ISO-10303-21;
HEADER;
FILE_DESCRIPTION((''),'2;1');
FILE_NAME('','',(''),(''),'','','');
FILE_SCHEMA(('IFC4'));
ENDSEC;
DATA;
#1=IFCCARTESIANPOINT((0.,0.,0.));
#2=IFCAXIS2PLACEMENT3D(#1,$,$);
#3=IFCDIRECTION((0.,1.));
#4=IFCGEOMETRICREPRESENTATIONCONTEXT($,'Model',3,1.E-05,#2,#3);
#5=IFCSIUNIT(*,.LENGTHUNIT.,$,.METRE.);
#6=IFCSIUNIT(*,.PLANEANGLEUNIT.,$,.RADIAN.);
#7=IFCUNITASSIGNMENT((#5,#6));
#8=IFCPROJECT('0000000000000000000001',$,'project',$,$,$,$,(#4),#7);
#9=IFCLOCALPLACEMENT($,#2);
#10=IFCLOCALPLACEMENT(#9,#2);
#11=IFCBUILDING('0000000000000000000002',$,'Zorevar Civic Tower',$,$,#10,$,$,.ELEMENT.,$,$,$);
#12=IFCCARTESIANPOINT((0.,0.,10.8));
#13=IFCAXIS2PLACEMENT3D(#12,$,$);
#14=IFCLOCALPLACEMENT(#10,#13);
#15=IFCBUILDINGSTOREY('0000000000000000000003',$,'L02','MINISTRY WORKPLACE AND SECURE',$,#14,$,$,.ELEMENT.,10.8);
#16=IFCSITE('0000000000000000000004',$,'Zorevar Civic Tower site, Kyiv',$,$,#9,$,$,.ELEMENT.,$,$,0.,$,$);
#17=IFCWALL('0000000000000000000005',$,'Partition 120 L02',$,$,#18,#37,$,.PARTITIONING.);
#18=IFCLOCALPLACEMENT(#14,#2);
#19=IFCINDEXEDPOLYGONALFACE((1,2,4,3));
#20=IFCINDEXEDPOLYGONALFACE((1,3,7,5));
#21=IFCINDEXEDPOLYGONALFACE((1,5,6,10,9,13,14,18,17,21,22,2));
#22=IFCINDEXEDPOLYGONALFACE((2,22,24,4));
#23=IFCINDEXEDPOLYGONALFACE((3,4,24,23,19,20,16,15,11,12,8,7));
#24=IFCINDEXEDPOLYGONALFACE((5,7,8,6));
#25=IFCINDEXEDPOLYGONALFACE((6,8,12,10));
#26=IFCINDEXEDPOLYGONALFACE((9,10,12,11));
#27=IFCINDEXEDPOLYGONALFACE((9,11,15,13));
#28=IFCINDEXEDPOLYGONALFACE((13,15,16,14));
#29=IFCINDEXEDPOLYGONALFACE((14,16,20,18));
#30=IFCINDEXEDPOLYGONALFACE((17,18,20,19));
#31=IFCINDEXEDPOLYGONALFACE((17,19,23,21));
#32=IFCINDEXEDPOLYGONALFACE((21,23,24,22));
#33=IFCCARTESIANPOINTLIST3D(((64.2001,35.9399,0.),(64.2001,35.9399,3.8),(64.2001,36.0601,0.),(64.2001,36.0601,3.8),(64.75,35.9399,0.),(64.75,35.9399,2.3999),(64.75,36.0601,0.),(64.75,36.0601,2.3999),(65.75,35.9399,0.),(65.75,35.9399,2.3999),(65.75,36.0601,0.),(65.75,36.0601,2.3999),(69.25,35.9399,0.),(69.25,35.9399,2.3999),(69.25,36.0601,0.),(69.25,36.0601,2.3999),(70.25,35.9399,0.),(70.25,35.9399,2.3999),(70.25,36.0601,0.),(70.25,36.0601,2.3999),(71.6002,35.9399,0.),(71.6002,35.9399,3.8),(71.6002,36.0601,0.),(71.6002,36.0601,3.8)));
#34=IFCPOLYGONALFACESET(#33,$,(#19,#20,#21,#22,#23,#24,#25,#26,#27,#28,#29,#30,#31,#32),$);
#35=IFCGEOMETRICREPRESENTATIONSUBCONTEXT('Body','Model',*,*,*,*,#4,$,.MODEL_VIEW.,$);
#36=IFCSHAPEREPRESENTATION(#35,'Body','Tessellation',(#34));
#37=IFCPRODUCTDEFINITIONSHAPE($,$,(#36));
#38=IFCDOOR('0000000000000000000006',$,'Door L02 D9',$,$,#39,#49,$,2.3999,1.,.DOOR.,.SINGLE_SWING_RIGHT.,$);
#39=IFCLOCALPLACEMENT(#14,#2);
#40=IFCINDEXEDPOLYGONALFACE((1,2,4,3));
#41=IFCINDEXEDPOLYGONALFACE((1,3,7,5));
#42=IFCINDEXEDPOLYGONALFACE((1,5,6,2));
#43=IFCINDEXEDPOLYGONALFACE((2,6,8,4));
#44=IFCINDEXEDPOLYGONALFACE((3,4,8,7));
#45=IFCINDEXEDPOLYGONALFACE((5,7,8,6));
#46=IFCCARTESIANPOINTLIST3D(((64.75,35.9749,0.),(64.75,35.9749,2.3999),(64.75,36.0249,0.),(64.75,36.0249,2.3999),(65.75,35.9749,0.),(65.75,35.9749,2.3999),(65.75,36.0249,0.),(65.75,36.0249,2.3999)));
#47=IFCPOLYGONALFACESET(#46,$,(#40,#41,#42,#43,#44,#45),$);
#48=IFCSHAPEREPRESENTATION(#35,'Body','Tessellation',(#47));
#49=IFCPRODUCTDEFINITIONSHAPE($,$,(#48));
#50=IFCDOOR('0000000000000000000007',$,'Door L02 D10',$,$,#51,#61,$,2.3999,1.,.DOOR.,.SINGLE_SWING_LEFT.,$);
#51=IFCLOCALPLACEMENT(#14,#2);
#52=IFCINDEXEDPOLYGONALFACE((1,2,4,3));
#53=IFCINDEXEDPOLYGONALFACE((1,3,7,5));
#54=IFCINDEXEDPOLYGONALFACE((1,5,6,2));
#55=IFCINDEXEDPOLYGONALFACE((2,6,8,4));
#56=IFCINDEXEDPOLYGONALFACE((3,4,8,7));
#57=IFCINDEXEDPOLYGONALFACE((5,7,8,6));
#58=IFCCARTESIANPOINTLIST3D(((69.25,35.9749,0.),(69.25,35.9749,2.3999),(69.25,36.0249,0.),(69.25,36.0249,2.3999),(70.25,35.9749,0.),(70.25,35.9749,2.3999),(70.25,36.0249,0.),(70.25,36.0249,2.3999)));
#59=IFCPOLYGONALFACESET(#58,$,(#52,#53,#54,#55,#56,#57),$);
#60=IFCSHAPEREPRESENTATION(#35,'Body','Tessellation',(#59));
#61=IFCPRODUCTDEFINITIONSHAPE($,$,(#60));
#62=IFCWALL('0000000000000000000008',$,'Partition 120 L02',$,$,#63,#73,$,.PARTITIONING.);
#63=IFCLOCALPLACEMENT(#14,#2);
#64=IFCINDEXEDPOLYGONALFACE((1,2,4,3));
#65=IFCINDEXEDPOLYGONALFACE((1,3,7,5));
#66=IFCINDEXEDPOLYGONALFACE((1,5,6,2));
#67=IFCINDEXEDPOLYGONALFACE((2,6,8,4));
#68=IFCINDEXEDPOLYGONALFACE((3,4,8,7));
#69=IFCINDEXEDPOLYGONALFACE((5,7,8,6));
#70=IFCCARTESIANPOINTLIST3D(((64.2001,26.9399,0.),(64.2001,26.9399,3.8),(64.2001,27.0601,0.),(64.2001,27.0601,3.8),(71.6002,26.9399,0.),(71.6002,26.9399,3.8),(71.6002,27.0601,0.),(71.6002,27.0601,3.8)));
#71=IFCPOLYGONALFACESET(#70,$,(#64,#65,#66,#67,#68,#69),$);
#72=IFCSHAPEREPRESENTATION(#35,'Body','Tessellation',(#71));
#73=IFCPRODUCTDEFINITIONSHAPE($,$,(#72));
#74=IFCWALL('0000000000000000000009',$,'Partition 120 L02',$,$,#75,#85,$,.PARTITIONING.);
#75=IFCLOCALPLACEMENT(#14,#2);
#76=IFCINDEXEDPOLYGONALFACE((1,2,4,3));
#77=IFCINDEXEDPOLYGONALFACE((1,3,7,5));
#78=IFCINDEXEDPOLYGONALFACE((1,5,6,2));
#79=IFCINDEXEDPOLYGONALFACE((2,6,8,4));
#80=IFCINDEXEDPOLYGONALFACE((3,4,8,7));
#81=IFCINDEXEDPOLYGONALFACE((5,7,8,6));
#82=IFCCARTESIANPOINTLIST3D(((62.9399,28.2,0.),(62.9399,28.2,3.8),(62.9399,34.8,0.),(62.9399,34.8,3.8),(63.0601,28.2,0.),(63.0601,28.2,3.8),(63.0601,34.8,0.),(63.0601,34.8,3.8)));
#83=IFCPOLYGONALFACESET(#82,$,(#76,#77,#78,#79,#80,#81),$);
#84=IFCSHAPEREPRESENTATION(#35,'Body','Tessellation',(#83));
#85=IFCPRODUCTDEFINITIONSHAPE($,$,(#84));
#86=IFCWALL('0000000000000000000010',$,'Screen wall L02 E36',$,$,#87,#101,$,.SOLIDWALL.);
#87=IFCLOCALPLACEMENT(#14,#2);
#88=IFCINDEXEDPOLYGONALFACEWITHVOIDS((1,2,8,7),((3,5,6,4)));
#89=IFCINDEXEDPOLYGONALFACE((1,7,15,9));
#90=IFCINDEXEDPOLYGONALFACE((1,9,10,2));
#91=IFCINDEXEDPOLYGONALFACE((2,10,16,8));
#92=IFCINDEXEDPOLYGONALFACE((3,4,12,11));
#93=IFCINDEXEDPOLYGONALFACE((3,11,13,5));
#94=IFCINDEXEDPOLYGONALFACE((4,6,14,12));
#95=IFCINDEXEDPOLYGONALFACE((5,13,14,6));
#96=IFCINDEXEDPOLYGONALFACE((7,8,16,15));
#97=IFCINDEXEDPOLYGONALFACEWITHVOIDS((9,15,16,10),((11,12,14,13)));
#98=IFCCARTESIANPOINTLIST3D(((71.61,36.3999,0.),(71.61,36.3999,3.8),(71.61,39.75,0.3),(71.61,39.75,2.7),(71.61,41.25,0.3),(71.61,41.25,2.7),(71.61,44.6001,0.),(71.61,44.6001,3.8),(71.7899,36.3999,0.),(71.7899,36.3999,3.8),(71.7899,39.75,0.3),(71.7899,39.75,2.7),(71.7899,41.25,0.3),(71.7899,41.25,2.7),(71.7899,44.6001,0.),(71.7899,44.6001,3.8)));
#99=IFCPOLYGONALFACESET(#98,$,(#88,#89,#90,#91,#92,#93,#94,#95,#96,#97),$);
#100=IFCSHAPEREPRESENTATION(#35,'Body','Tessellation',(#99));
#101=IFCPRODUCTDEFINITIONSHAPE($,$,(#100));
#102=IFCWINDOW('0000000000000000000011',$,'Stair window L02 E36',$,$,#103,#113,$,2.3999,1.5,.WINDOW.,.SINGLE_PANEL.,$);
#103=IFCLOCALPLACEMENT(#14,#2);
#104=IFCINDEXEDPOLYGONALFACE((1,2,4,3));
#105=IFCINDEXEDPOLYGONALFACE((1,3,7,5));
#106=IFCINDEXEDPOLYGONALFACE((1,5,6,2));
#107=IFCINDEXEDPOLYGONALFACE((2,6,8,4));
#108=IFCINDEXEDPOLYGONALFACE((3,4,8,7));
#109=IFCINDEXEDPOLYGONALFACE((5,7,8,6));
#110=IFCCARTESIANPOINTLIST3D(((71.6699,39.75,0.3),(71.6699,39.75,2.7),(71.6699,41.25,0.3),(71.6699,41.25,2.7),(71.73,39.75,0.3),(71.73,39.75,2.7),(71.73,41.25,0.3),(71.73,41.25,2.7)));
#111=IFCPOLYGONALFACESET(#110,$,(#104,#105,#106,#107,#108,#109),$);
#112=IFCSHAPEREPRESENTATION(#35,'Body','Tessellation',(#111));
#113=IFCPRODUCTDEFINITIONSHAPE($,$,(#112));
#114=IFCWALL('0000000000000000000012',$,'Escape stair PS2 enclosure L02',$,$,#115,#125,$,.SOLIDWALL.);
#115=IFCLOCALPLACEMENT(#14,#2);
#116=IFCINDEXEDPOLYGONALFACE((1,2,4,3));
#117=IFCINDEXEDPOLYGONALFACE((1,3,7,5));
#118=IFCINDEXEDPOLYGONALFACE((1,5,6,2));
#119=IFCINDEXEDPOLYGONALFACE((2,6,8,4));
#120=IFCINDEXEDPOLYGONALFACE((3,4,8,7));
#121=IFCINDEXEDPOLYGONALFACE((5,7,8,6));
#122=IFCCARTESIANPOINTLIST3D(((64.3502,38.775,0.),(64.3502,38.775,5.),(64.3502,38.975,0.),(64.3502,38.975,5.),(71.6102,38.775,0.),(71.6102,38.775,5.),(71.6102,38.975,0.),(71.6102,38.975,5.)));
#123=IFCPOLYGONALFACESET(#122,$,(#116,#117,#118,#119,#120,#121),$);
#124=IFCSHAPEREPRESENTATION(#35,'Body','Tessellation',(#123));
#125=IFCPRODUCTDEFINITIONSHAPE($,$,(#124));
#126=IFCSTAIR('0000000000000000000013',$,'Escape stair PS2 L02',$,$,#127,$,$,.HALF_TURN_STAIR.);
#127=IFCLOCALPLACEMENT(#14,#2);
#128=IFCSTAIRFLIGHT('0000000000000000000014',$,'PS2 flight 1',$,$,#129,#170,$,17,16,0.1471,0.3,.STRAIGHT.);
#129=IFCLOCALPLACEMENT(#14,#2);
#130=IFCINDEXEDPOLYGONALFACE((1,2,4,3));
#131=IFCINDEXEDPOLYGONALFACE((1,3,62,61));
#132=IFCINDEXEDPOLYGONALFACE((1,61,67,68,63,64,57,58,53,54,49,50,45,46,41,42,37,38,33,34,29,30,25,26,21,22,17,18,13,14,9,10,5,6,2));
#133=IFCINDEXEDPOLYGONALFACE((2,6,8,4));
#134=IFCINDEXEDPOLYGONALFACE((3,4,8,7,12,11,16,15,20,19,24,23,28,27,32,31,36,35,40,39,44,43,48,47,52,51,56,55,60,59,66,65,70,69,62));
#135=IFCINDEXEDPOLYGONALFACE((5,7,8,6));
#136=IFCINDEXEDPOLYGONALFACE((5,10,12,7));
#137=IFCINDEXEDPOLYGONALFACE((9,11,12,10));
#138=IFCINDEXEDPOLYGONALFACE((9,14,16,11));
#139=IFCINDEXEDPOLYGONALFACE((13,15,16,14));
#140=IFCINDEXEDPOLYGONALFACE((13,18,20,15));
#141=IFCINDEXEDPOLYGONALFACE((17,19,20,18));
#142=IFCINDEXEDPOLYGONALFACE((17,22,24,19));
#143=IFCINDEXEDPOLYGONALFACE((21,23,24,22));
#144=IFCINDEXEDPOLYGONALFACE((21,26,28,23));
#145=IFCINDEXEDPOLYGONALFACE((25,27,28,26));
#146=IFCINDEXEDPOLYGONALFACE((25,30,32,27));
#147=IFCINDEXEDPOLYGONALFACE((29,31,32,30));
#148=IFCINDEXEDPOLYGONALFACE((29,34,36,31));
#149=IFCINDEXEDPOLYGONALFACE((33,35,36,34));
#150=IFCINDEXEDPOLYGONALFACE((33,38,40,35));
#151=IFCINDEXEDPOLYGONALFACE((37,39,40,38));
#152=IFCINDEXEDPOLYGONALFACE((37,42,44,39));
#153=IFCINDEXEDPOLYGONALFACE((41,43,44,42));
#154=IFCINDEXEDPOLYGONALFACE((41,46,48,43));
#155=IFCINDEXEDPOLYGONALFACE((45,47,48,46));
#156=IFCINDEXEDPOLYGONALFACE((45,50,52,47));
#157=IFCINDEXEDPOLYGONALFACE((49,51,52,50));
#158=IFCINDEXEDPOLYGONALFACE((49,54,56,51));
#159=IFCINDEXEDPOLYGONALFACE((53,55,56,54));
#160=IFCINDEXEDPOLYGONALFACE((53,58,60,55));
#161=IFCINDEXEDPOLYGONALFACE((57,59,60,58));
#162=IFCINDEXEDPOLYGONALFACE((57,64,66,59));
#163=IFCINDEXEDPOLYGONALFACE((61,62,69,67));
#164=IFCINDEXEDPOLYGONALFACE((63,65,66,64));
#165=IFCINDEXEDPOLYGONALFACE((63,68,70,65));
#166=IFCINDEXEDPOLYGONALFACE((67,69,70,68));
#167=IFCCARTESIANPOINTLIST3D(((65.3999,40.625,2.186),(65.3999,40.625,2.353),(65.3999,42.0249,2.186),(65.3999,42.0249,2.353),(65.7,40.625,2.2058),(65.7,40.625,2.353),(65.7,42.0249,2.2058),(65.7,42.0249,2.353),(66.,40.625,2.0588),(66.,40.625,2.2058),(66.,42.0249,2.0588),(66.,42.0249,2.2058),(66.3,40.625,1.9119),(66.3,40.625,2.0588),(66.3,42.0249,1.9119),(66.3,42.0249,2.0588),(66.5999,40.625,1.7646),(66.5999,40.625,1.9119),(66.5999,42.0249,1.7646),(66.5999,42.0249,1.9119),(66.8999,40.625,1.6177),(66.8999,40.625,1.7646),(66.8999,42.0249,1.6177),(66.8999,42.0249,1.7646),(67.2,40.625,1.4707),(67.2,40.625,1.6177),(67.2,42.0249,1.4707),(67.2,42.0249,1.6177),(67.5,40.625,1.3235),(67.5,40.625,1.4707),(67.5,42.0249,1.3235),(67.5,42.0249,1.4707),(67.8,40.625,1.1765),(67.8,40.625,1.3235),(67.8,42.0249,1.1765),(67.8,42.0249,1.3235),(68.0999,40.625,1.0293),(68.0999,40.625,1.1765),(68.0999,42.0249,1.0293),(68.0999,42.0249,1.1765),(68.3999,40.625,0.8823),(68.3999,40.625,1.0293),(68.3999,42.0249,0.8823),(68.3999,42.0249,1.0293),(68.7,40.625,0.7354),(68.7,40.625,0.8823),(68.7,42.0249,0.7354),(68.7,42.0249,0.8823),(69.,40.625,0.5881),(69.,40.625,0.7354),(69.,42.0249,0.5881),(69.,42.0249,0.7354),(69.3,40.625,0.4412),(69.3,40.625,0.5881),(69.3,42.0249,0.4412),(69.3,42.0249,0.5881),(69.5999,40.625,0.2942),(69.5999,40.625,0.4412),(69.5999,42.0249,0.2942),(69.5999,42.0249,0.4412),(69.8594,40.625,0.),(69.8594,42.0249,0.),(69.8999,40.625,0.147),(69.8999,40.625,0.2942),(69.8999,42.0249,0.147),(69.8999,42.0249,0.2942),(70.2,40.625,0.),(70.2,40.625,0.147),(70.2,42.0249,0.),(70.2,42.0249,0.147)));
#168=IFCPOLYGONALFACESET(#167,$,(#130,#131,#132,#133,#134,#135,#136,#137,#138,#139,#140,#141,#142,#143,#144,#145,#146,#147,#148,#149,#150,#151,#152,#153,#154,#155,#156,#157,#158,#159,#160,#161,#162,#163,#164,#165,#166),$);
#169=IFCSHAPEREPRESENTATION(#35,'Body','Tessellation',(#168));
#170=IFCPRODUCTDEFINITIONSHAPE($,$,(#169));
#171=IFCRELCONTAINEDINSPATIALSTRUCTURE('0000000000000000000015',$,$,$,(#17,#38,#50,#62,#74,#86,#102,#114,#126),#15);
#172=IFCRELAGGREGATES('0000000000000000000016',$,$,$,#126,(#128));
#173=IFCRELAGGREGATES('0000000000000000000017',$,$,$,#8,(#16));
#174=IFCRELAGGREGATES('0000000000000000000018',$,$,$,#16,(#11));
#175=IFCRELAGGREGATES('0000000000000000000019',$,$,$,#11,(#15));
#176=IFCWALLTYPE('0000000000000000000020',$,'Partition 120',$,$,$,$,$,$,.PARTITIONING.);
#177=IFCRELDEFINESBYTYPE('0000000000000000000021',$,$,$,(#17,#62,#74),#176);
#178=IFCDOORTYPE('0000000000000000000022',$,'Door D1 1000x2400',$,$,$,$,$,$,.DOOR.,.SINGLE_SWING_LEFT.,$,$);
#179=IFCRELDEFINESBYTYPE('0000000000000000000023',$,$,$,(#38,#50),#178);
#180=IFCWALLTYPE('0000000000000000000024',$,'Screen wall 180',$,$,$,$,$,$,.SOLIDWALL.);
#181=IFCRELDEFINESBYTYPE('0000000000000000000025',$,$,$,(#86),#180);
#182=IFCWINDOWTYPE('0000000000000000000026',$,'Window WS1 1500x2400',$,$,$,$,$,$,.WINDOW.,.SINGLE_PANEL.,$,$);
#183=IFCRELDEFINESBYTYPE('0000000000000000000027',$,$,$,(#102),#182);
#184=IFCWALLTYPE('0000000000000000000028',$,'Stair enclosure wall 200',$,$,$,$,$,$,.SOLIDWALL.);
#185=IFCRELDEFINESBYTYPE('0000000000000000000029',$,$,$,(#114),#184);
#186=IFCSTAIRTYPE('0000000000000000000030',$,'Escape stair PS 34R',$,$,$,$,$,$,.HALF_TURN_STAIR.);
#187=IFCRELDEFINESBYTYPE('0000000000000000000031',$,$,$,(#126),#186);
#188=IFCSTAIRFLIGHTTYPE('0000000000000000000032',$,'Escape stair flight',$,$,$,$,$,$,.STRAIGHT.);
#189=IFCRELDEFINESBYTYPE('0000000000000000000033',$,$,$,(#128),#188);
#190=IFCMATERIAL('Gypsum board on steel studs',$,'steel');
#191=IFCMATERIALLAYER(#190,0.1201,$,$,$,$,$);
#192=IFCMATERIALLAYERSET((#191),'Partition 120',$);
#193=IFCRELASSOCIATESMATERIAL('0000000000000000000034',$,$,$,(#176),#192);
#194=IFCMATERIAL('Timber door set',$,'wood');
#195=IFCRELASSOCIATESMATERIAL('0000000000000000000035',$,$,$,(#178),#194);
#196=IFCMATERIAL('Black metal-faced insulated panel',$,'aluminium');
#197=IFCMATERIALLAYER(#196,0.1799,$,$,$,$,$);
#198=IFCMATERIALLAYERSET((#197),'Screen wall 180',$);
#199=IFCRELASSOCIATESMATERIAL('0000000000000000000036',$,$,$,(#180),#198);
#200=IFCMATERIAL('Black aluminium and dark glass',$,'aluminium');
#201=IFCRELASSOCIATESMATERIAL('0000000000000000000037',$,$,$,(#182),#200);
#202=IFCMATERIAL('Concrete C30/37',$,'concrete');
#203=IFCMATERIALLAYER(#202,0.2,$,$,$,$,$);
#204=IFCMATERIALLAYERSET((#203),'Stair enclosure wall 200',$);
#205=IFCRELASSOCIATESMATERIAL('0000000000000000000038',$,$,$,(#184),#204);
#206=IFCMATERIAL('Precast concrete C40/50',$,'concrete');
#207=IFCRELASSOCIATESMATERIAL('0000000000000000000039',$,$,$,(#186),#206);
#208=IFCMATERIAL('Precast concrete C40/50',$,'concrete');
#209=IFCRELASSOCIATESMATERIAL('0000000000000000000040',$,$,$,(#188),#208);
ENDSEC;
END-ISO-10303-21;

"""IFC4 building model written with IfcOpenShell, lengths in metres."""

from ifc_helpers import new_model, si_unit, direction, frame, frame_2d, origin, place, context, subcontext, project, spatial, polyline, rectangle, outline, extrude, material, layer, layer_set, type_object, element, fill, aggregate, save


model = new_model("IFC4")

# Units and contexts
model_context = context("Model", 3, precision=1e-05, world=origin(), true_north=direction((0.0, 1.0)))
body_context = subcontext(model_context, "Body", "Model", "MODEL_VIEW")
ifc_project = project(units=[si_unit("LENGTHUNIT", "METRE"), si_unit("PLANEANGLEUNIT", "RADIAN")], contexts=[model_context])

# Site, building, storey
site_placement = place(None, origin())
site = spatial("IfcSite", under=ifc_project, at=site_placement, Name="Zorevar Civic Tower site, Kyiv", CompositionType="ELEMENT", RefElevation=0.0)
building_placement = place(site_placement, origin())
building = spatial("IfcBuilding", under=site, at=building_placement, Name="Zorevar Civic Tower", CompositionType="ELEMENT")
storey_placement = place(building_placement, frame((0.0, 0.0, 10.8)))
storey = spatial("IfcBuildingStorey", under=building, at=storey_placement, Name="L02", Description="MINISTRY WORKPLACE AND SECURE", CompositionType="ELEMENT", Elevation=10.8)

# Shared definitions
ifc_material_1 = material(Name="Gypsum board on steel studs", Category="steel")
ifc_layer_1 = layer(ifc_material_1, 0.1201)
ifc_layer_set_1 = layer_set([ifc_layer_1], Name="Partition 120")
wall_type_1 = type_object("IfcWallType", Name="Partition 120", PredefinedType="PARTITIONING", material=ifc_layer_set_1)
ifc_material_2 = material(Name="Timber door set", Category="wood")
door_type = type_object("IfcDoorType", Name="Door D1 1000x2400", OperationType="SINGLE_SWING_LEFT", PredefinedType="DOOR", material=ifc_material_2)

# Wall, openings, doors
wall_1_placement = place(storey_placement, frame((64.2, 36.0, 0.0), z_axis=(0.0, 0.0, 1.0), x_axis=(1.0, 0.0, 0.0)))
wall_1 = element("IfcWall", 1, at=wall_1_placement, inside=storey, type_object=wall_type_1, Name="Partition 120 L02", PredefinedType="PARTITIONING", context=body_context, shape_type="SweptSolid", body=[
    extrude(rectangle(XDim=7.4001, YDim=0.1201, at=frame_2d((3.7002, 0.0))), origin(), (0.0, 0.0, 1.0), 3.8),
])
opening_1_placement = place(wall_1_placement, frame((0.55, 0.0, 0.0)))
opening_1 = element("IfcOpeningElement", 2, at=opening_1_placement, cuts=wall_1, PredefinedType="OPENING", context=body_context, shape_type="SweptSolid", body=[
    extrude(rectangle(XDim=1.0, YDim=2.3999, at=frame_2d((0.5, 1.2))), frame((0.0, 0.0701, 0.0), z_axis=(0.0, -1.0, 0.0), x_axis=(1.0, 0.0, 0.0)), (0.0, 0.0, 1.0), 0.1401),
])
opening_2_placement = place(wall_1_placement, frame((5.05, 0.0, 0.0)))
opening_2 = element("IfcOpeningElement", 3, at=opening_2_placement, cuts=wall_1, PredefinedType="OPENING", context=body_context, shape_type="SweptSolid", body=[
    extrude(rectangle(XDim=1.0, YDim=2.3999, at=frame_2d((0.5, 1.2))), frame((0.0, 0.0701, 0.0), z_axis=(0.0, -1.0, 0.0), x_axis=(1.0, 0.0, 0.0)), (0.0, 0.0, 1.0), 0.1401),
])
door_1_placement = place(opening_1_placement, origin())
door_1 = element("IfcDoor", 4, at=door_1_placement, inside=storey, type_object=door_type, Name="Door L02 D9", OperationType="SINGLE_SWING_RIGHT", OverallHeight=2.3999, OverallWidth=1.0, PredefinedType="DOOR", context=body_context, shape_type="SweptSolid", body=[
    extrude(rectangle(XDim=1.0, YDim=2.3999, at=frame_2d((0.5, 1.2))), frame((0.0, 0.0249, 0.0), z_axis=(0.0, -1.0, 0.0), x_axis=(1.0, 0.0, 0.0)), (0.0, 0.0, 1.0), 0.05),
])
fill(opening_1, door_1)
door_2_placement = place(opening_2_placement, origin())
door_2 = element("IfcDoor", 5, at=door_2_placement, inside=storey, type_object=door_type, Name="Door L02 D10", OperationType="SINGLE_SWING_LEFT", OverallHeight=2.3999, OverallWidth=1.0, PredefinedType="DOOR", context=body_context, shape_type="SweptSolid", body=[
    extrude(rectangle(XDim=1.0, YDim=2.3999, at=frame_2d((0.5, 1.2))), frame((0.0, 0.0249, 0.0), z_axis=(0.0, -1.0, 0.0), x_axis=(1.0, 0.0, 0.0)), (0.0, 0.0, 1.0), 0.05),
])
fill(opening_2, door_2)

# Walls
wall_2_placement = place(storey_placement, frame((64.2, 27.0, 0.0), z_axis=(0.0, 0.0, 1.0), x_axis=(1.0, 0.0, 0.0)))
element("IfcWall", 6, at=wall_2_placement, inside=storey, type_object=wall_type_1, Name="Partition 120 L02", PredefinedType="PARTITIONING", context=body_context, shape_type="SweptSolid", body=[
    extrude(rectangle(XDim=7.4001, YDim=0.1201, at=frame_2d((3.7002, 0.0))), origin(), (0.0, 0.0, 1.0), 3.8),
])
wall_3_placement = place(storey_placement, frame((63.0, 28.2, 0.0), z_axis=(0.0, 0.0, 1.0), x_axis=(0.0, 1.0, 0.0)))
element("IfcWall", 7, at=wall_3_placement, inside=storey, type_object=wall_type_1, Name="Partition 120 L02", PredefinedType="PARTITIONING", context=body_context, shape_type="SweptSolid", body=[
    extrude(rectangle(XDim=6.6001, YDim=0.1201, at=frame_2d((3.3, 0.0))), origin(), (0.0, 0.0, 1.0), 3.8),
])

# Wall, opening, window
ifc_material_3 = material(Name="Black metal-faced insulated panel", Category="aluminium")
ifc_layer_2 = layer(ifc_material_3, 0.1799)
ifc_layer_set_2 = layer_set([ifc_layer_2], Name="Screen wall 180")
wall_type_2 = type_object("IfcWallType", Name="Screen wall 180", PredefinedType="SOLIDWALL", material=ifc_layer_set_2)
wall_4_placement = place(storey_placement, frame((71.7, 36.3999, 0.0), z_axis=(0.0, 0.0, 1.0), x_axis=(0.0, 1.0, 0.0)))
wall_4 = element("IfcWall", 8, at=wall_4_placement, inside=storey, type_object=wall_type_2, Name="Screen wall L02 E36", PredefinedType="SOLIDWALL", context=body_context, shape_type="SweptSolid", body=[
    extrude(rectangle(XDim=8.2002, YDim=0.1799, at=frame_2d((4.1001, 0.0))), origin(), (0.0, 0.0, 1.0), 3.8),
])
opening_3_placement = place(wall_4_placement, frame((3.3501, 0.0, 0.3)))
opening_3 = element("IfcOpeningElement", 9, at=opening_3_placement, cuts=wall_4, PredefinedType="OPENING", context=body_context, shape_type="SweptSolid", body=[
    extrude(rectangle(XDim=1.5, YDim=2.3999, at=frame_2d((0.75, 1.2))), frame((0.0, 0.0999, 0.0), z_axis=(0.0, -1.0, 0.0), x_axis=(1.0, 0.0, 0.0)), (0.0, 0.0, 1.0), 0.2),
])
ifc_material_4 = material(Name="Black aluminium and dark glass", Category="aluminium")
window_type = type_object("IfcWindowType", Name="Window WS1 1500x2400", PartitioningType="SINGLE_PANEL", PredefinedType="WINDOW", material=ifc_material_4)
window_placement = place(opening_3_placement, origin())
window = element("IfcWindow", 10, at=window_placement, inside=storey, type_object=window_type, Name="Stair window L02 E36", OverallHeight=2.3999, OverallWidth=1.5, PartitioningType="SINGLE_PANEL", PredefinedType="WINDOW", context=body_context, shape_type="SweptSolid", body=[
    extrude(rectangle(XDim=1.5, YDim=2.3999, at=frame_2d((0.75, 1.2))), frame((0.0, 0.03, 0.0), z_axis=(0.0, -1.0, 0.0), x_axis=(1.0, 0.0, 0.0)), (0.0, 0.0, 1.0), 0.0601),
])
fill(opening_3, window)

# Wall
ifc_material_5 = material(Name="Concrete C30/37", Category="concrete")
ifc_layer_3 = layer(ifc_material_5, 0.2)
ifc_layer_set_3 = layer_set([ifc_layer_3], Name="Stair enclosure wall 200")
wall_type_3 = type_object("IfcWallType", Name="Stair enclosure wall 200", PredefinedType="SOLIDWALL", material=ifc_layer_set_3)
wall_5_placement = place(storey_placement, frame((71.6101, 38.875, 0.0), z_axis=(0.0, 0.0, 1.0), x_axis=(-1.0, 0.0, 0.0)))
element("IfcWall", 11, at=wall_5_placement, inside=storey, type_object=wall_type_3, Name="Escape stair PS2 enclosure L02", PredefinedType="SOLIDWALL", context=body_context, shape_type="SweptSolid", body=[
    extrude(rectangle(XDim=7.26, YDim=0.2, at=frame_2d((3.6299, 0.0))), origin(), (0.0, 0.0, 1.0), 5.0),
])

# Stair, stair flight
ifc_material_6 = material(Name="Precast concrete C40/50", Category="concrete")
stair_type = type_object("IfcStairType", Name="Escape stair PS 34R", PredefinedType="HALF_TURN_STAIR", material=ifc_material_6)
stair_placement = place(storey_placement, origin())
stair = element("IfcStair", 12, at=stair_placement, inside=storey, type_object=stair_type, Name="Escape stair PS2 L02", PredefinedType="HALF_TURN_STAIR")
ifc_material_7 = material(Name="Precast concrete C40/50", Category="concrete")
stair_flight_type = type_object("IfcStairFlightType", Name="Escape stair flight", PredefinedType="STRAIGHT", material=ifc_material_7)
stair_flight_1_placement = place(storey_placement, frame((70.2, 41.325, 0.0), z_axis=(0.0, 0.0, 1.0), x_axis=(-1.0, 0.0, 0.0)))
stair_flight_1 = element("IfcStairFlight", 13, at=stair_flight_1_placement, type_object=stair_flight_type, Name="PS2 flight 1", NumberOfRisers=17, NumberOfTreads=16, PredefinedType="STRAIGHT", RiserHeight=0.1471, TreadLength=0.3, context=body_context, shape_type="SweptSolid", body=[
    extrude(outline(polyline([(0.0, 0.0), (0.0, 0.147), (0.3, 0.147), (0.3, 0.2942), (0.6001, 0.2942), (0.6001, 0.4412), (0.8999, 0.4412), (0.8999, 0.5881), (1.2, 0.5881), (1.2, 0.7354), (1.5, 0.7354), (1.5, 0.8823), (1.8, 0.8823), (1.8, 1.0293), (2.1001, 1.0293), (2.1001, 1.1765), (2.3999, 1.1765), (2.3999, 1.3235), (2.7, 1.3235), (2.7, 1.4707), (3.0, 1.4707), (3.0, 1.6177), (3.3, 1.6177), (3.3, 1.7646), (3.6001, 1.7646), (3.6001, 1.9119), (3.8999, 1.9119), (3.8999, 2.0588), (4.2, 2.0588), (4.2, 2.2058), (4.5, 2.2058), (4.5, 2.353), (4.8, 2.353), (4.8, 2.5), (4.8, 2.186), (0.3406, 0.0), (0.0, 0.0)])), frame((0.0, 0.7, 0.0), z_axis=(0.0, -1.0, 0.0), x_axis=(1.0, 0.0, 0.0)), (0.0, 0.0, 1.0), 1.3999),
])
aggregate(stair, [stair_flight_1])

save(model, "model.ifc")
